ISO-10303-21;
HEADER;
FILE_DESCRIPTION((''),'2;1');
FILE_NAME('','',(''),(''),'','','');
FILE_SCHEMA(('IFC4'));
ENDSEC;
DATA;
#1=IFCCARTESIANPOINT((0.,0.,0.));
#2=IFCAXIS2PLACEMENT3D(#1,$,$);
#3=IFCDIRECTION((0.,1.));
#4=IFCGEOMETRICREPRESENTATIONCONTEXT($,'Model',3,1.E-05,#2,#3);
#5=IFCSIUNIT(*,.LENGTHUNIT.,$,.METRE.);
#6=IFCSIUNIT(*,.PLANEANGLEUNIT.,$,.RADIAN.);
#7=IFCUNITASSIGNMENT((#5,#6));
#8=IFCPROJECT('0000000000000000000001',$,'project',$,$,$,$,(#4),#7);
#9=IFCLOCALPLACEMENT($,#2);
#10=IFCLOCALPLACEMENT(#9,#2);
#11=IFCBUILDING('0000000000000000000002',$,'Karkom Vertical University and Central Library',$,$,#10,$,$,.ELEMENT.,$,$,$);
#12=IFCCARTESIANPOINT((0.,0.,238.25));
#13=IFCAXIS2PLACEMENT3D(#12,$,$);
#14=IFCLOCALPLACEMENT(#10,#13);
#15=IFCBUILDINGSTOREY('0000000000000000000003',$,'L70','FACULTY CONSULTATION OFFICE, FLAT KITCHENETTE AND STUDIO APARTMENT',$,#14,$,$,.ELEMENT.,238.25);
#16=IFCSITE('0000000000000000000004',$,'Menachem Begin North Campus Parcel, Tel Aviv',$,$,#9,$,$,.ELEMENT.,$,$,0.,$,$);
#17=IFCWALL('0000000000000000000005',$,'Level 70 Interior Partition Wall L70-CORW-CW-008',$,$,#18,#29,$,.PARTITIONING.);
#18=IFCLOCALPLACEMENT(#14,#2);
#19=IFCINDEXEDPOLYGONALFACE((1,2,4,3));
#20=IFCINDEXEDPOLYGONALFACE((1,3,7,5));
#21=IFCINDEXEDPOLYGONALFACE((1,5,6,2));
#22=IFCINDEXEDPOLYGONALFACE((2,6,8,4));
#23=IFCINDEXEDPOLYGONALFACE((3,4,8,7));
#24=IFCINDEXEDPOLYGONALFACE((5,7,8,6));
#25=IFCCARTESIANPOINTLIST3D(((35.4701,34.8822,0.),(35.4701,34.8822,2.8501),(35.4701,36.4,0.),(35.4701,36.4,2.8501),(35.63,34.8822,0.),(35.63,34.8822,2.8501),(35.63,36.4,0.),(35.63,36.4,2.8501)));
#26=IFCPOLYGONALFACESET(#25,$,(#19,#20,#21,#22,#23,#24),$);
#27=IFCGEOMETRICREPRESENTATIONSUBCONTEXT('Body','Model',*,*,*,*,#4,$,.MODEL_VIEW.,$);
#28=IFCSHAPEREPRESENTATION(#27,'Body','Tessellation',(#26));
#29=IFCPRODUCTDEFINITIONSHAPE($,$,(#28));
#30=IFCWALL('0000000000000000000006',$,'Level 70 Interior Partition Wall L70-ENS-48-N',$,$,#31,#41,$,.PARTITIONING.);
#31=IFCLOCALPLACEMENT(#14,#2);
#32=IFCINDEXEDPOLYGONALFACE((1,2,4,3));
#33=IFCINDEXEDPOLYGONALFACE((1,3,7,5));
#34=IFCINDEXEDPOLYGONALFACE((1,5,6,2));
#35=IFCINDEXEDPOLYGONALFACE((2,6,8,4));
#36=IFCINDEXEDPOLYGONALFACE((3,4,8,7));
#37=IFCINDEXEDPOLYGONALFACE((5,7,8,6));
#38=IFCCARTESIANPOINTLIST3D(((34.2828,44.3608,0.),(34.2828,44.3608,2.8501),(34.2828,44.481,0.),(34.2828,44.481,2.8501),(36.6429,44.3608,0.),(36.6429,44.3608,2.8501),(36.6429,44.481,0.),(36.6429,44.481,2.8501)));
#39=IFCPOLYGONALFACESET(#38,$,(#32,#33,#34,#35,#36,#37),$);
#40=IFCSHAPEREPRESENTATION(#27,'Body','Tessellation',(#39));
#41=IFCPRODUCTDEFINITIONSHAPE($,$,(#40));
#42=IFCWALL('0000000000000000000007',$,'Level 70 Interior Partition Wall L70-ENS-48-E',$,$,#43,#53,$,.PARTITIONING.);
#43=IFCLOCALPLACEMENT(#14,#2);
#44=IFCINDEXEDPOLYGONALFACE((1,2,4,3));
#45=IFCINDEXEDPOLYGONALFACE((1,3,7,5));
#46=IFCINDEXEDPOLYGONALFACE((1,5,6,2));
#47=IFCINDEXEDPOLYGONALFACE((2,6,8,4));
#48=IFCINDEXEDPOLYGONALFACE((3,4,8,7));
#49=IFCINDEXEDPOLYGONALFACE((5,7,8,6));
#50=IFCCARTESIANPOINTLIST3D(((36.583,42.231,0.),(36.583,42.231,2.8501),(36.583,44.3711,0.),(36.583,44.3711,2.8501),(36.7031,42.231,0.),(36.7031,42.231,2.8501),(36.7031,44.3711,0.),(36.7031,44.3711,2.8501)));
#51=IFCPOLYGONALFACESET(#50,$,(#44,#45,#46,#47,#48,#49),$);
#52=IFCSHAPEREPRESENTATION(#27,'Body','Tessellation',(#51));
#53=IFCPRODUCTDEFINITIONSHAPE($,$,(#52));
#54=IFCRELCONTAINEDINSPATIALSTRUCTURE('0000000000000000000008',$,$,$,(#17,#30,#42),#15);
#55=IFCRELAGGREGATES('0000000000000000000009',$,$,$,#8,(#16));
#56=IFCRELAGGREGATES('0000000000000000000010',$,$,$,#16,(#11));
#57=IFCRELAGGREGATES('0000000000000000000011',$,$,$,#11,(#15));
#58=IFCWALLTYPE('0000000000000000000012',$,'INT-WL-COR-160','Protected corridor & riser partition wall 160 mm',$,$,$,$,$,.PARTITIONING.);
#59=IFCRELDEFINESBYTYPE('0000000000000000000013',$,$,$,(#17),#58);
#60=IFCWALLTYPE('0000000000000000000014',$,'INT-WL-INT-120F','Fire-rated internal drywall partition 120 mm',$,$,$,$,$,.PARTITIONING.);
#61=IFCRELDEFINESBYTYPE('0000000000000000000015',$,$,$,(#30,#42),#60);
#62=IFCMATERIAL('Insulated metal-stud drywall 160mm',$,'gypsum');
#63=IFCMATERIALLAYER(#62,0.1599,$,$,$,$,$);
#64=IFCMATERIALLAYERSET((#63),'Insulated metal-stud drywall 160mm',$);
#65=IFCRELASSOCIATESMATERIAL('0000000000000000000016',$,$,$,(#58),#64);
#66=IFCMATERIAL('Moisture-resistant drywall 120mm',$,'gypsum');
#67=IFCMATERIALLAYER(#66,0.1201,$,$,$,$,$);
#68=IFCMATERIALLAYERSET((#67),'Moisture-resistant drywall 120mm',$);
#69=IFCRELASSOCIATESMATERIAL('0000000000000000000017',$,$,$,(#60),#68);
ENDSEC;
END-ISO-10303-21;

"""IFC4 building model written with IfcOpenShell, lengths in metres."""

from ifc_helpers import new_model, si_unit, direction, frame, frame_2d, origin, place, context, subcontext, project, spatial, rectangle, extrude, material, layer, layer_set, type_object, element, save


model = new_model("IFC4")

# Units and contexts
model_context = context("Model", 3, precision=1e-05, world=origin(), true_north=direction((0.0, 1.0)))
body_context = subcontext(model_context, "Body", "Model", "MODEL_VIEW")
ifc_project = project(units=[si_unit("LENGTHUNIT", "METRE"), si_unit("PLANEANGLEUNIT", "RADIAN")], contexts=[model_context])

# Site, building, storey
site_placement = place(None, origin())
site = spatial("IfcSite", under=ifc_project, at=site_placement, Name="Menachem Begin North Campus Parcel, Tel Aviv", CompositionType="ELEMENT", RefElevation=0.0)
building_placement = place(site_placement, origin())
building = spatial("IfcBuilding", under=site, at=building_placement, Name="Karkom Vertical University and Central Library", CompositionType="ELEMENT")
storey_placement = place(building_placement, frame((0.0, 0.0, 238.25)))
storey = spatial("IfcBuildingStorey", under=building, at=storey_placement, Name="L70", Description="FACULTY CONSULTATION OFFICE, FLAT KITCHENETTE AND STUDIO APARTMENT", CompositionType="ELEMENT", Elevation=238.25)

# Walls
ifc_material_1 = material(Name="Insulated metal-stud drywall 160mm", Category="gypsum")
ifc_layer_1 = layer(ifc_material_1, 0.1599)
ifc_layer_set_1 = layer_set([ifc_layer_1], Name="Insulated metal-stud drywall 160mm")
wall_type_1 = type_object("IfcWallType", Name="INT-WL-COR-160", Description="Protected corridor & riser partition wall 160 mm", PredefinedType="PARTITIONING", material=ifc_layer_set_1)
wall_1_placement = place(storey_placement, frame((35.55, 36.3999, 0.0), z_axis=(0.0, 0.0, 1.0), x_axis=(0.0, -1.0, 0.0)))
element("IfcWall", 1, at=wall_1_placement, inside=storey, type_object=wall_type_1, Name="Level 70 Interior Partition Wall L70-CORW-CW-008", PredefinedType="PARTITIONING", context=body_context, shape_type="SweptSolid", body=[
    extrude(rectangle(XDim=1.5178, YDim=0.1599, at=frame_2d((0.7588, 0.0))), origin(), (0.0, 0.0, 1.0), 2.8501),
])
ifc_material_2 = material(Name="Moisture-resistant drywall 120mm", Category="gypsum")
ifc_layer_2 = layer(ifc_material_2, 0.1201)
ifc_layer_set_2 = layer_set([ifc_layer_2], Name="Moisture-resistant drywall 120mm")
wall_type_2 = type_object("IfcWallType", Name="INT-WL-INT-120F", Description="Fire-rated internal drywall partition 120 mm", PredefinedType="PARTITIONING", material=ifc_layer_set_2)
wall_2_placement = place(storey_placement, frame((36.6431, 44.4209, 0.0), z_axis=(0.0, 0.0, 1.0), x_axis=(-1.0, 0.0, 0.0)))
element("IfcWall", 2, at=wall_2_placement, inside=storey, type_object=wall_type_2, Name="Level 70 Interior Partition Wall L70-ENS-48-N", PredefinedType="PARTITIONING", context=body_context, shape_type="SweptSolid", body=[
    extrude(rectangle(XDim=2.3601, YDim=0.1201, at=frame_2d((1.1802, 0.0))), origin(), (0.0, 0.0, 1.0), 2.8501),
])
wall_3_placement = place(storey_placement, frame((36.6431, 42.231, 0.0), z_axis=(0.0, 0.0, 1.0), x_axis=(0.0, 1.0, 0.0)))
element("IfcWall", 3, at=wall_3_placement, inside=storey, type_object=wall_type_2, Name="Level 70 Interior Partition Wall L70-ENS-48-E", PredefinedType="PARTITIONING", context=body_context, shape_type="SweptSolid", body=[
    extrude(rectangle(XDim=2.1401, YDim=0.1201, at=frame_2d((1.0701, 0.0))), origin(), (0.0, 0.0, 1.0), 2.8501),
])

save(model, "model.ifc")
